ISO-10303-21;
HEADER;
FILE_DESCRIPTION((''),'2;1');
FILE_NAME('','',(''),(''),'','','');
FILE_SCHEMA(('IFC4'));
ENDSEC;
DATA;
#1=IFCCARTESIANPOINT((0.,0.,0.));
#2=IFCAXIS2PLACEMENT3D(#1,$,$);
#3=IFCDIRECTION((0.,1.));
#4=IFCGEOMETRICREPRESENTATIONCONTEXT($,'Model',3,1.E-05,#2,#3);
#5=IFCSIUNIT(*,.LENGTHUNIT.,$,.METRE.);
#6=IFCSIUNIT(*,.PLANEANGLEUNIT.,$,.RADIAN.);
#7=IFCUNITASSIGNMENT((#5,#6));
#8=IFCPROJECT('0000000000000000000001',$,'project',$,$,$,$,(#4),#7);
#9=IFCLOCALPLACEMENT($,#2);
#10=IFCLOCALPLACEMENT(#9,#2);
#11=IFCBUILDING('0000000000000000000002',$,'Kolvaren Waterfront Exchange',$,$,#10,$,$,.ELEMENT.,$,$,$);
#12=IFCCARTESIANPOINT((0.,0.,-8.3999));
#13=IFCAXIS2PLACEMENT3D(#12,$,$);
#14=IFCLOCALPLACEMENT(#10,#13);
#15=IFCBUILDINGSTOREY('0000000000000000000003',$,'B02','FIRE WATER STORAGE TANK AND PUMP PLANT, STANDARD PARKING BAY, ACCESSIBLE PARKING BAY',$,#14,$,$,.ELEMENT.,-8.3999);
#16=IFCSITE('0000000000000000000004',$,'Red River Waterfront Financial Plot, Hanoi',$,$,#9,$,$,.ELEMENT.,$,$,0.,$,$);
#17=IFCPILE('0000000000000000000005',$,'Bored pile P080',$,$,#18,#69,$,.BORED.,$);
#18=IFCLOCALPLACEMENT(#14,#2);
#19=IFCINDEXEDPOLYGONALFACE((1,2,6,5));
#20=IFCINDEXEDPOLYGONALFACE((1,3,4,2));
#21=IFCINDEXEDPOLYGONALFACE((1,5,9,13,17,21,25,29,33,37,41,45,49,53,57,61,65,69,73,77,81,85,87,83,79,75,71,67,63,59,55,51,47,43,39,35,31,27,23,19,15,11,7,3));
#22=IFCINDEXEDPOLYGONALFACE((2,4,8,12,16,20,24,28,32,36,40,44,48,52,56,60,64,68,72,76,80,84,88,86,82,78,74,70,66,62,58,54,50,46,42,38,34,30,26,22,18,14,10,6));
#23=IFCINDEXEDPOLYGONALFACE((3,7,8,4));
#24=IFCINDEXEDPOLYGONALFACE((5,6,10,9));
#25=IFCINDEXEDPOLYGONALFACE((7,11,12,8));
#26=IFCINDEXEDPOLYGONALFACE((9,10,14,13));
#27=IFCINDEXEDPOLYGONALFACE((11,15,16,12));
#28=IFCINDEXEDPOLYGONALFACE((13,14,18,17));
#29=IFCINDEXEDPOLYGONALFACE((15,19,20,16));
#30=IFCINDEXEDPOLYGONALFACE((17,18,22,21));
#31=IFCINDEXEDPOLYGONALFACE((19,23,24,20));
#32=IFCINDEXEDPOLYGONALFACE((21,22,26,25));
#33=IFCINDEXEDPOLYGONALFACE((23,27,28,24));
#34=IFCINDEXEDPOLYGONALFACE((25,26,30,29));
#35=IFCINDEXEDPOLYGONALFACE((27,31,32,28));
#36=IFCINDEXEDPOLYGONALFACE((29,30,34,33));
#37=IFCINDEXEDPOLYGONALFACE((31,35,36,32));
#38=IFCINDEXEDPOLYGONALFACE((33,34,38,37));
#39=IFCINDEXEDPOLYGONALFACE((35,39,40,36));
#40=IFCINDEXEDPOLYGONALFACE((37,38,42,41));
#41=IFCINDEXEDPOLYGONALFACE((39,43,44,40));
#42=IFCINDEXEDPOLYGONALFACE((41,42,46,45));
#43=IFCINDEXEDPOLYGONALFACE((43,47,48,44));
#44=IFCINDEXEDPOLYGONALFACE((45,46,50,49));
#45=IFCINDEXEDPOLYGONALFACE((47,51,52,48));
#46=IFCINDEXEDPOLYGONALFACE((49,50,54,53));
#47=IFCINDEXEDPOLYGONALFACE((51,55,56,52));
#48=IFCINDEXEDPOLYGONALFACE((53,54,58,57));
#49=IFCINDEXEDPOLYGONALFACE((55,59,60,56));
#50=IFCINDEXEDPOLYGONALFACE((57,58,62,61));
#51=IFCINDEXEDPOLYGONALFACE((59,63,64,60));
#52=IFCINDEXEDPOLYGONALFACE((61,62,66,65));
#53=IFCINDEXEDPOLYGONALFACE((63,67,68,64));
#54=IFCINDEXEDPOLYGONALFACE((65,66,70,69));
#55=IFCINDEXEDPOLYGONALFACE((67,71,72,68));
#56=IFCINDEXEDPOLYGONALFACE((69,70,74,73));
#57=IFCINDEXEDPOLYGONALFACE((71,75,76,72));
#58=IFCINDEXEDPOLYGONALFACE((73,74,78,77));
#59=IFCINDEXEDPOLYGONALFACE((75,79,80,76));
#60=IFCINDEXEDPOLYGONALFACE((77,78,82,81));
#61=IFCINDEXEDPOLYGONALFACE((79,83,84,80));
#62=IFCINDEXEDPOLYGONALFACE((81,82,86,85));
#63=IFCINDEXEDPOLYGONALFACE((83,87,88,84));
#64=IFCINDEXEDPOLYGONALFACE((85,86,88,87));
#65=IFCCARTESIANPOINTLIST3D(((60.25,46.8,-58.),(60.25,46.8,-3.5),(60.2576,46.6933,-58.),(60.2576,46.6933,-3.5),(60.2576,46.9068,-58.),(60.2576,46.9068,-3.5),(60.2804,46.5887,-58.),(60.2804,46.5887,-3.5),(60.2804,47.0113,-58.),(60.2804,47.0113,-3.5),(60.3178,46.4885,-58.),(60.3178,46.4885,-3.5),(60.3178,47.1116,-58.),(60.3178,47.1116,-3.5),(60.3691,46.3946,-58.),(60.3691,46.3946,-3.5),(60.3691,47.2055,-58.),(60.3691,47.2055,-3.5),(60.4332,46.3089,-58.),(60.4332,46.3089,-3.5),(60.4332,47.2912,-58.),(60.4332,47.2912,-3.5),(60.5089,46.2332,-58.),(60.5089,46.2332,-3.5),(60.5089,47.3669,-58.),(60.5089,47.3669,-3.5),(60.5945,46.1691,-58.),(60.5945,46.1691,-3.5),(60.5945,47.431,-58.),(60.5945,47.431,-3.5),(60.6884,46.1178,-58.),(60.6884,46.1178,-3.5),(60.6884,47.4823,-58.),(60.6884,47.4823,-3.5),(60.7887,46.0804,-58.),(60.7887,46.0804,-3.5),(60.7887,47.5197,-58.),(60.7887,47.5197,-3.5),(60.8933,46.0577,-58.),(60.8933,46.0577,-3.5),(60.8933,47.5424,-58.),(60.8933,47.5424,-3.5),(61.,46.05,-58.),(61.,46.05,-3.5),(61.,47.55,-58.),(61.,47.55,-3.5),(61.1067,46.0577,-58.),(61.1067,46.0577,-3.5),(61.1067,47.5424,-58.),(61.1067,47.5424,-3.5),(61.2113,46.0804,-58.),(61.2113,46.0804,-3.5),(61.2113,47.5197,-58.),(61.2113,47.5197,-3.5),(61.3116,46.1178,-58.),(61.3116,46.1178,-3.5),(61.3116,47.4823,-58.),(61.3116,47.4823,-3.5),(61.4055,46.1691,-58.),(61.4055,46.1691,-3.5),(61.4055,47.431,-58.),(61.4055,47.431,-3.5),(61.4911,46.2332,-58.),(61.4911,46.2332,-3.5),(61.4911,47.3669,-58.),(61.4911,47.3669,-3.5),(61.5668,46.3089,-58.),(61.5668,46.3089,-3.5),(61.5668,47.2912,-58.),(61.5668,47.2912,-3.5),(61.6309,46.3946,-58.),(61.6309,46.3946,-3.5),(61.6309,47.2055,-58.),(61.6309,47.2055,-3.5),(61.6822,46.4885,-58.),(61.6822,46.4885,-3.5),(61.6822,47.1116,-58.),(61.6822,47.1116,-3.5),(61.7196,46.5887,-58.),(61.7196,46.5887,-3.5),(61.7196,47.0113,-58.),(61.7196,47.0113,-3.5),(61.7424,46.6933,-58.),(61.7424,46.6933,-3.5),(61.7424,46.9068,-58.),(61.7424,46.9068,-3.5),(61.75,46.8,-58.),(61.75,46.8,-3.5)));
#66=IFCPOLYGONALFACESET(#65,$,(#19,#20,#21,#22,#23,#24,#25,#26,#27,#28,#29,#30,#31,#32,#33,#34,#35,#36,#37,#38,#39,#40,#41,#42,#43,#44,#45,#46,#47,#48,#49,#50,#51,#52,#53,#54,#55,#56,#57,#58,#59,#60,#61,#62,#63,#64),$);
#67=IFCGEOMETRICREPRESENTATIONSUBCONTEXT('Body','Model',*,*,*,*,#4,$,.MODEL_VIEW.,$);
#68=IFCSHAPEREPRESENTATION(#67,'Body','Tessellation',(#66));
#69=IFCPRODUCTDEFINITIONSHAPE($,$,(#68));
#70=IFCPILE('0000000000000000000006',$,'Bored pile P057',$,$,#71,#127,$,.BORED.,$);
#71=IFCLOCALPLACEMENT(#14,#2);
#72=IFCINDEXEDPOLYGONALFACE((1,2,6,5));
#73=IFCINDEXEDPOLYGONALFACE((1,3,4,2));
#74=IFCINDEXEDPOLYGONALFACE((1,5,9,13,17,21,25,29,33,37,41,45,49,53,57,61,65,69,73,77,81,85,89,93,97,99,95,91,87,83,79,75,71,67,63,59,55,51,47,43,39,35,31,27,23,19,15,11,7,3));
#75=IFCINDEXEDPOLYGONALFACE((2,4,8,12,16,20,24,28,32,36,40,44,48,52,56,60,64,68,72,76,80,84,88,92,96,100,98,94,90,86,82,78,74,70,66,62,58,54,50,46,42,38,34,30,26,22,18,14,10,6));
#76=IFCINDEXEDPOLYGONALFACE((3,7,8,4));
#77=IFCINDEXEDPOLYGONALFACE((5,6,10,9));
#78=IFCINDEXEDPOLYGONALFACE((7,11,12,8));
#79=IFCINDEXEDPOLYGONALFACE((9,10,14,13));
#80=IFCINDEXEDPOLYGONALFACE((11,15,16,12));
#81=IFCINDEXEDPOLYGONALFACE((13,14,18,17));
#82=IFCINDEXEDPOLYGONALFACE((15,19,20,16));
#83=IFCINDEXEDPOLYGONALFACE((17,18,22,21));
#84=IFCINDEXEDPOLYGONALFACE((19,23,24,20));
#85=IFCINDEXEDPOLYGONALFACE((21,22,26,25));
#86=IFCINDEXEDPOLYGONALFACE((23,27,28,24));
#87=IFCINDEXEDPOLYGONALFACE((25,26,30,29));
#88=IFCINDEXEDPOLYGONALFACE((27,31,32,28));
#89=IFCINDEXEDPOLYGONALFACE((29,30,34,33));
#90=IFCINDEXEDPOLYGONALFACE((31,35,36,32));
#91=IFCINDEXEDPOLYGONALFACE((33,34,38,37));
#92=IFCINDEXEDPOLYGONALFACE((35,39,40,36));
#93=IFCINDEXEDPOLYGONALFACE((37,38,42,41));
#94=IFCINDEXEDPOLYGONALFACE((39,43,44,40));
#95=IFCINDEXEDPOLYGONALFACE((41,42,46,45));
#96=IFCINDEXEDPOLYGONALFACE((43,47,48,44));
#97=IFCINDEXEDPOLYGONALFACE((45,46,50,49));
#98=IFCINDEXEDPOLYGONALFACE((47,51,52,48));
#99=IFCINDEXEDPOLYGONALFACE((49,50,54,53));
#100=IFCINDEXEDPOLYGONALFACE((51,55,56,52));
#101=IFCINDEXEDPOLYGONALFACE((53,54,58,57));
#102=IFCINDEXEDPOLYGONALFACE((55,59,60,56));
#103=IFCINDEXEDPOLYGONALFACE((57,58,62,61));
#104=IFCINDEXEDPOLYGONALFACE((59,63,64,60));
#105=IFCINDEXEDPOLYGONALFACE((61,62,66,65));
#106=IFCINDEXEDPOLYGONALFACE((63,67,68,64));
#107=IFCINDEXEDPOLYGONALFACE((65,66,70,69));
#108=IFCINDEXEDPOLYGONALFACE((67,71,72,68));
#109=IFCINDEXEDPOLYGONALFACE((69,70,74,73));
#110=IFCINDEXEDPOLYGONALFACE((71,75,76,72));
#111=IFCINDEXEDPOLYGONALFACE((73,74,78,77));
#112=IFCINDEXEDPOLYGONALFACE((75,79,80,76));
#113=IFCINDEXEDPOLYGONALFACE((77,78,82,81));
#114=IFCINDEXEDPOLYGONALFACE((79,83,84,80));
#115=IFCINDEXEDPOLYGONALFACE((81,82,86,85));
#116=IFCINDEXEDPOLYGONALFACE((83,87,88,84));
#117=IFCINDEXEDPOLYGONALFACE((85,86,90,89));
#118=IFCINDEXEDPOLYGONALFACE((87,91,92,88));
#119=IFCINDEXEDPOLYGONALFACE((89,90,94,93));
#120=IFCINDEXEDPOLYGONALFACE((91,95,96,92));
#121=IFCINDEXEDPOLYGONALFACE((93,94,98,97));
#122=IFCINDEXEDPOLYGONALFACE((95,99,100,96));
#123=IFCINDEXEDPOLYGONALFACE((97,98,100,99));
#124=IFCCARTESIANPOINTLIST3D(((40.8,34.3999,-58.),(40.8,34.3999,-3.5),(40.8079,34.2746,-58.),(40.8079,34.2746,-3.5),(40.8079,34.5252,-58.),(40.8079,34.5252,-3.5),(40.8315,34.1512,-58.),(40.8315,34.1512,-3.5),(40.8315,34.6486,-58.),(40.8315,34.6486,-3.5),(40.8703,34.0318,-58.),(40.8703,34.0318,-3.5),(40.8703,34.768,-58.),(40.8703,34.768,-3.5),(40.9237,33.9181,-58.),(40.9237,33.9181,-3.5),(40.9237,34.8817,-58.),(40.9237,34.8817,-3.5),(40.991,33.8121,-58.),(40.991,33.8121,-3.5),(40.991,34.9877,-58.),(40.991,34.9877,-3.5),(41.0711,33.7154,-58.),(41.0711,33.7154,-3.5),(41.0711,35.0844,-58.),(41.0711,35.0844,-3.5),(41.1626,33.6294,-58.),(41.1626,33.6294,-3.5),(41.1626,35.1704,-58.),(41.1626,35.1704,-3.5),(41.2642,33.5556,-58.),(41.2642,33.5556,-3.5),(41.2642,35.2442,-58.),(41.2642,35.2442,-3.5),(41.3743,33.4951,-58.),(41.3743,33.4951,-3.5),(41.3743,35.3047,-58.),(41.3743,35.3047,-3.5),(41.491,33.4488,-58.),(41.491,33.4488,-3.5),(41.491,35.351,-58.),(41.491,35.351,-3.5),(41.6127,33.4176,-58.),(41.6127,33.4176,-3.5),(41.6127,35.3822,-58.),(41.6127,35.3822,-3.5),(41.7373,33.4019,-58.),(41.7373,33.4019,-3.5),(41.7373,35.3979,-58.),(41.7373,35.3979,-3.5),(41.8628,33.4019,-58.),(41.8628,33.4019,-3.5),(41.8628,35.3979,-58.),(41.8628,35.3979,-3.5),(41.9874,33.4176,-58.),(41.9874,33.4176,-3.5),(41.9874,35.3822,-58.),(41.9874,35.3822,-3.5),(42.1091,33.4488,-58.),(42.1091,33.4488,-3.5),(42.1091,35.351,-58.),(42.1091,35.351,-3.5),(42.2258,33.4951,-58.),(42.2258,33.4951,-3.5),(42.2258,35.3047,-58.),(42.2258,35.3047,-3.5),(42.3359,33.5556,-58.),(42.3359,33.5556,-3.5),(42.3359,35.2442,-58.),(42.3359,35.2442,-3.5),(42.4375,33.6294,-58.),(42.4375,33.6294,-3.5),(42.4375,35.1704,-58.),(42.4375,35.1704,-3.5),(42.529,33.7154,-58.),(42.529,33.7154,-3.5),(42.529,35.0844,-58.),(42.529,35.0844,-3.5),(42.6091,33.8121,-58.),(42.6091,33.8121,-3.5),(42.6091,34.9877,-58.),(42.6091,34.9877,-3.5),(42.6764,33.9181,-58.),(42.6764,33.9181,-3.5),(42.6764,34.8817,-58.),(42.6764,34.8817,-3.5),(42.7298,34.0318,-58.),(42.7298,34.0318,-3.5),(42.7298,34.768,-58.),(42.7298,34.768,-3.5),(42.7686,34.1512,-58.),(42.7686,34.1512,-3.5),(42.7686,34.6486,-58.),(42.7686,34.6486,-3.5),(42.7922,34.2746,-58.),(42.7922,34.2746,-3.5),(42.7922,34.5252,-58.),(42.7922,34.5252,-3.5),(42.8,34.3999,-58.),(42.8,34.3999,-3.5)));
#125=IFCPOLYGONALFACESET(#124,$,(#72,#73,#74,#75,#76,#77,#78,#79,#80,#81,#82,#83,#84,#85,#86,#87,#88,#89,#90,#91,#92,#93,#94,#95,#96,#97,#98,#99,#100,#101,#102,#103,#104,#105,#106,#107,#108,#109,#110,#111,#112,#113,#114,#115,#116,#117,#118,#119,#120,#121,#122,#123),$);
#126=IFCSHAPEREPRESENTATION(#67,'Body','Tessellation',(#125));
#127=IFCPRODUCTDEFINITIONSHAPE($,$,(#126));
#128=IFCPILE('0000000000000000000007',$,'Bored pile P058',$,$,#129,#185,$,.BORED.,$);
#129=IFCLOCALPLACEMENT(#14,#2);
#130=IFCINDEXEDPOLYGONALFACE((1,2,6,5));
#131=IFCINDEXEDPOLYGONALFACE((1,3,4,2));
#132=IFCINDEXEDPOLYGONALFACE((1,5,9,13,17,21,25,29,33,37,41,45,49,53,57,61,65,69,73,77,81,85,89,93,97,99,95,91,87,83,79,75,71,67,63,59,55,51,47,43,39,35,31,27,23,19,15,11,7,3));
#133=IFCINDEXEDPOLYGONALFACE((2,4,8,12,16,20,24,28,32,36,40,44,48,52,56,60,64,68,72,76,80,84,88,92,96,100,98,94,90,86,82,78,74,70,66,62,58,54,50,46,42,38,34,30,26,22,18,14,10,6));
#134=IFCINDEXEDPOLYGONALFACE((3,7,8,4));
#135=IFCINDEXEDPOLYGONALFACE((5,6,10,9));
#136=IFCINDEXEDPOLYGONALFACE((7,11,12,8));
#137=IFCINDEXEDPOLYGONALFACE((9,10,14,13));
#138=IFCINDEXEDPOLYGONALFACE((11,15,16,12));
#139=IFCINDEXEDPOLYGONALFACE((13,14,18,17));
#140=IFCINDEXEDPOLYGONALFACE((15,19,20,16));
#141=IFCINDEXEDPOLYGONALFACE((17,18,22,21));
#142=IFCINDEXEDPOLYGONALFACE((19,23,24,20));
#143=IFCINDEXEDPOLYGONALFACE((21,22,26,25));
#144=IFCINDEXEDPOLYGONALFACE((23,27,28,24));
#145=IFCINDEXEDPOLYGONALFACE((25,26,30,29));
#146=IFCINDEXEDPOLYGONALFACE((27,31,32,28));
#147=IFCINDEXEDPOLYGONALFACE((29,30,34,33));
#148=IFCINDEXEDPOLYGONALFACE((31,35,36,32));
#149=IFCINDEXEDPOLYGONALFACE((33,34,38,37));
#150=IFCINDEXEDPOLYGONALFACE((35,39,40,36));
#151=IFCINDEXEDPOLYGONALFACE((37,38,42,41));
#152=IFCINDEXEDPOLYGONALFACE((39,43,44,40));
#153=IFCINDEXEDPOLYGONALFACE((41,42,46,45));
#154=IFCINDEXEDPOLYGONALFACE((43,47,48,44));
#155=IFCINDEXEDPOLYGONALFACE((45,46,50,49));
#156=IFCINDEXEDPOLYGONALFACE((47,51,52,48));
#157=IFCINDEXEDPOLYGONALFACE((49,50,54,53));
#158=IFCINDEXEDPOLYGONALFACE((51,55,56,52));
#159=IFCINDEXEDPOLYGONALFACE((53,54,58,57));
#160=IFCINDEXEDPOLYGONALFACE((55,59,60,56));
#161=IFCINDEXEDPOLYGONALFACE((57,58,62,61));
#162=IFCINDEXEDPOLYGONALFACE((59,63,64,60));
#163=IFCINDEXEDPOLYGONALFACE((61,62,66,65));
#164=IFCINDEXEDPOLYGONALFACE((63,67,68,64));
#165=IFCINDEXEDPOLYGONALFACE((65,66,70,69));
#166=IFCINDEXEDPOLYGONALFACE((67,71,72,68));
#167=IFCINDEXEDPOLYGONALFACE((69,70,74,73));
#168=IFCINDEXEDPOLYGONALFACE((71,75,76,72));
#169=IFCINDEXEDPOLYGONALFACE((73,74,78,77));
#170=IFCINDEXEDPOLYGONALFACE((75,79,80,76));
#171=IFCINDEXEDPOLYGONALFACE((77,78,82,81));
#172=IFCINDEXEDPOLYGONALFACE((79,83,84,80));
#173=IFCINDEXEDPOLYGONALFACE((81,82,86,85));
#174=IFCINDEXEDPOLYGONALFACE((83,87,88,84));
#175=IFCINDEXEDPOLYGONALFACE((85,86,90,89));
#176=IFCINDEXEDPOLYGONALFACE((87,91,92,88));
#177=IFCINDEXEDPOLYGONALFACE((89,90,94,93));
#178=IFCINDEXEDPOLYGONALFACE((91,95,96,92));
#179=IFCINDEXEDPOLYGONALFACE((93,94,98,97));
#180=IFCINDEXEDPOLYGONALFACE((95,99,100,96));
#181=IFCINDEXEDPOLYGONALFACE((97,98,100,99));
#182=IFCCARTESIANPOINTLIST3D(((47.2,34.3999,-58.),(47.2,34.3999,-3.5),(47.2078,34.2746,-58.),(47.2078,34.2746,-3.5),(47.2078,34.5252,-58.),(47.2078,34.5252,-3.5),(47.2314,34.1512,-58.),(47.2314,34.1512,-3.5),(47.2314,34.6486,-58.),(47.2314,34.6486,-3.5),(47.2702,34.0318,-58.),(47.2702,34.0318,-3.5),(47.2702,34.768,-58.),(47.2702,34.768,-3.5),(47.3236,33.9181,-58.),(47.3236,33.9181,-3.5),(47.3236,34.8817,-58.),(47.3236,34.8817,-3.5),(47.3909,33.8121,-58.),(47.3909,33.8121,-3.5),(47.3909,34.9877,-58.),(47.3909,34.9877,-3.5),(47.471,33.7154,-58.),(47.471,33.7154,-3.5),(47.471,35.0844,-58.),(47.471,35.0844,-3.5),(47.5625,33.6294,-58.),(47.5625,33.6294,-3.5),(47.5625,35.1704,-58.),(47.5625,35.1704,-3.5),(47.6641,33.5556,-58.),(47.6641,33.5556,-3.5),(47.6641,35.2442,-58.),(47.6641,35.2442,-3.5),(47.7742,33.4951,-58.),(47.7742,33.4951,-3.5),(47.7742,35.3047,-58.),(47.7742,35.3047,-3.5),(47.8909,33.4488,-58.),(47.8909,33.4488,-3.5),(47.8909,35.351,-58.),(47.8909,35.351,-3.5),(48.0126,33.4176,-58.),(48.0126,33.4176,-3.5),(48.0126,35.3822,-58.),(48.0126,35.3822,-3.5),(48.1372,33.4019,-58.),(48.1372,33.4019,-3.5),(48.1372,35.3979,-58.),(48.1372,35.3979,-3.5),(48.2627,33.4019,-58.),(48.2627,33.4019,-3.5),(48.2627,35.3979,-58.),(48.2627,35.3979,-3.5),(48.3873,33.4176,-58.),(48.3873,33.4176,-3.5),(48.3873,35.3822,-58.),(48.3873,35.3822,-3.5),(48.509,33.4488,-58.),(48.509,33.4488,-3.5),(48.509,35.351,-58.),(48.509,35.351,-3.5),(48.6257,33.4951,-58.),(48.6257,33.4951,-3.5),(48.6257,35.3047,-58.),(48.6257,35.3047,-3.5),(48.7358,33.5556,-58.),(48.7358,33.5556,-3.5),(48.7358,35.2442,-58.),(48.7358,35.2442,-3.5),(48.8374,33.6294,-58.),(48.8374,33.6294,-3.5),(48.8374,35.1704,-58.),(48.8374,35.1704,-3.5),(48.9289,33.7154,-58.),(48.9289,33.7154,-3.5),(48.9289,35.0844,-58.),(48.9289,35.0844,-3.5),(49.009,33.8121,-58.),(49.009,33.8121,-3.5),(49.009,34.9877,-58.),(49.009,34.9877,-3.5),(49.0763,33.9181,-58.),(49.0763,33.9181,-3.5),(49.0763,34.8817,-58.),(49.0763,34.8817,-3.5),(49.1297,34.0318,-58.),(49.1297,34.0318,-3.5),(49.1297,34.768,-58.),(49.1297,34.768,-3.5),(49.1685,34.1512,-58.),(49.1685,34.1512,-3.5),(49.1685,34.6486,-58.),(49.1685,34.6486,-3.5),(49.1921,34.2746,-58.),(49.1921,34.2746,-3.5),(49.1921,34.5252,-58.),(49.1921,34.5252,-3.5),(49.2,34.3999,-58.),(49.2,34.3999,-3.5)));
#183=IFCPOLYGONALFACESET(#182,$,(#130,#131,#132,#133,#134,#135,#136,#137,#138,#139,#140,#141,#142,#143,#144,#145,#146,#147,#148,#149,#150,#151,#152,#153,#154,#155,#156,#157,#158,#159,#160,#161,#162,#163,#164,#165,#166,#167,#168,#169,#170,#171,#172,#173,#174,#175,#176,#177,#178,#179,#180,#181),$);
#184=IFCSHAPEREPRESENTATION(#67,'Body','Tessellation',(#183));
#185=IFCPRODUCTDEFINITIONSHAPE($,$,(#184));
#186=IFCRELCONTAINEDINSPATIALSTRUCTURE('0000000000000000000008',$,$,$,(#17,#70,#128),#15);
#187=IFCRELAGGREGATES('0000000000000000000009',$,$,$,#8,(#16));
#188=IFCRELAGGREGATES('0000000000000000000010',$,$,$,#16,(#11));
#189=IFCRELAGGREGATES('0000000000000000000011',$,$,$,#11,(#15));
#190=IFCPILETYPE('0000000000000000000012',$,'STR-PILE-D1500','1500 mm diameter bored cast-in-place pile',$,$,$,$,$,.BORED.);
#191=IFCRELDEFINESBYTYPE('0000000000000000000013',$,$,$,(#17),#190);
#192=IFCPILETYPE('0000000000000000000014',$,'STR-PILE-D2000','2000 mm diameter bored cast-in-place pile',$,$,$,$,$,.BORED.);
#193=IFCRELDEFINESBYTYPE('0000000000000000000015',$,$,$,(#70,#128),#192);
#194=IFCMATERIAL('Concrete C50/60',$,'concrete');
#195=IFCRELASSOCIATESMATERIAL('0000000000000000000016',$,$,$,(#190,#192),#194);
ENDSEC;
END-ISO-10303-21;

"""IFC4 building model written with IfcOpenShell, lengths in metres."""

from ifc_helpers import new_model, si_unit, direction, frame, origin, origin_2d, place, context, subcontext, project, spatial, circle, extrude, material, material_profile, profile_set, type_object, element, save


model = new_model("IFC4")

# Units and contexts
model_context = context("Model", 3, precision=1e-05, world=origin(), true_north=direction((0.0, 1.0)))
body_context = subcontext(model_context, "Body", "Model", "MODEL_VIEW")
ifc_project = project(units=[si_unit("LENGTHUNIT", "METRE"), si_unit("PLANEANGLEUNIT", "RADIAN")], contexts=[model_context])

# Site, building, storey
site_placement = place(None, origin())
site = spatial("IfcSite", under=ifc_project, at=site_placement, Name="Red River Waterfront Financial Plot, Hanoi", CompositionType="ELEMENT", RefElevation=0.0)
building_placement = place(site_placement, origin())
building = spatial("IfcBuilding", under=site, at=building_placement, Name="Kolvaren Waterfront Exchange", CompositionType="ELEMENT")
storey_placement = place(building_placement, frame((0.0, 0.0, -8.3999)))
storey = spatial("IfcBuildingStorey", under=building, at=storey_placement, Name="B02", Description="FIRE WATER STORAGE TANK AND PUMP PLANT, STANDARD PARKING BAY, ACCESSIBLE PARKING BAY", CompositionType="ELEMENT", Elevation=-8.3999)

# Piles
ifc_material_1 = material(Name="Concrete C50/60", Category="concrete")
ifc_material_profile_1 = material_profile(ifc_material_1, circle(Radius=0.75, at=origin_2d()), Name="RC-PILE-D1500")
ifc_profile_set_1 = profile_set([ifc_material_profile_1], Name="Concrete C50/60")
pile_type_1 = type_object("IfcPileType", Name="STR-PILE-D1500", Description="1500 mm diameter bored cast-in-place pile", PredefinedType="BORED", material=ifc_profile_set_1)
for number, where, z_axis, x_axis, name in (
    (1, (61.0, 46.8, -3.5), (0.0, 0.0, -1.0), (1.0, 0.0, 0.0), "Bored pile P080"),
):
    element("IfcPile", number, at=place(storey_placement, frame(where, z_axis=z_axis, x_axis=x_axis)), inside=storey, type_object=pile_type_1, Name=name, PredefinedType="BORED", context=body_context, shape_type="SweptSolid", body=[
        extrude(circle(Radius=0.75, at=origin_2d()), origin(), (0.0, 0.0, 1.0), 54.5),
    ])
ifc_material_profile_2 = material_profile(ifc_material_1, circle(Radius=1.0, at=origin_2d()), Name="RC-PILE-D2000")
ifc_profile_set_2 = profile_set([ifc_material_profile_2], Name="Concrete C50/60")
pile_type_2 = type_object("IfcPileType", Name="STR-PILE-D2000", Description="2000 mm diameter bored cast-in-place pile", PredefinedType="BORED", material=ifc_profile_set_2)
for number, where, z_axis, x_axis, name in (
    (2, (41.8, 34.3999, -3.5), (0.0, 0.0, -1.0), (1.0, 0.0, 0.0), "Bored pile P057"),
    (3, (48.2, 34.3999, -3.5), (0.0, 0.0, -1.0), (1.0, 0.0, 0.0), "Bored pile P058"),
):
    element("IfcPile", number, at=place(storey_placement, frame(where, z_axis=z_axis, x_axis=x_axis)), inside=storey, type_object=pile_type_2, Name=name, PredefinedType="BORED", context=body_context, shape_type="SweptSolid", body=[
        extrude(circle(Radius=1.0, at=origin_2d()), origin(), (0.0, 0.0, 1.0), 54.5),
    ])

save(model, "model.ifc")
